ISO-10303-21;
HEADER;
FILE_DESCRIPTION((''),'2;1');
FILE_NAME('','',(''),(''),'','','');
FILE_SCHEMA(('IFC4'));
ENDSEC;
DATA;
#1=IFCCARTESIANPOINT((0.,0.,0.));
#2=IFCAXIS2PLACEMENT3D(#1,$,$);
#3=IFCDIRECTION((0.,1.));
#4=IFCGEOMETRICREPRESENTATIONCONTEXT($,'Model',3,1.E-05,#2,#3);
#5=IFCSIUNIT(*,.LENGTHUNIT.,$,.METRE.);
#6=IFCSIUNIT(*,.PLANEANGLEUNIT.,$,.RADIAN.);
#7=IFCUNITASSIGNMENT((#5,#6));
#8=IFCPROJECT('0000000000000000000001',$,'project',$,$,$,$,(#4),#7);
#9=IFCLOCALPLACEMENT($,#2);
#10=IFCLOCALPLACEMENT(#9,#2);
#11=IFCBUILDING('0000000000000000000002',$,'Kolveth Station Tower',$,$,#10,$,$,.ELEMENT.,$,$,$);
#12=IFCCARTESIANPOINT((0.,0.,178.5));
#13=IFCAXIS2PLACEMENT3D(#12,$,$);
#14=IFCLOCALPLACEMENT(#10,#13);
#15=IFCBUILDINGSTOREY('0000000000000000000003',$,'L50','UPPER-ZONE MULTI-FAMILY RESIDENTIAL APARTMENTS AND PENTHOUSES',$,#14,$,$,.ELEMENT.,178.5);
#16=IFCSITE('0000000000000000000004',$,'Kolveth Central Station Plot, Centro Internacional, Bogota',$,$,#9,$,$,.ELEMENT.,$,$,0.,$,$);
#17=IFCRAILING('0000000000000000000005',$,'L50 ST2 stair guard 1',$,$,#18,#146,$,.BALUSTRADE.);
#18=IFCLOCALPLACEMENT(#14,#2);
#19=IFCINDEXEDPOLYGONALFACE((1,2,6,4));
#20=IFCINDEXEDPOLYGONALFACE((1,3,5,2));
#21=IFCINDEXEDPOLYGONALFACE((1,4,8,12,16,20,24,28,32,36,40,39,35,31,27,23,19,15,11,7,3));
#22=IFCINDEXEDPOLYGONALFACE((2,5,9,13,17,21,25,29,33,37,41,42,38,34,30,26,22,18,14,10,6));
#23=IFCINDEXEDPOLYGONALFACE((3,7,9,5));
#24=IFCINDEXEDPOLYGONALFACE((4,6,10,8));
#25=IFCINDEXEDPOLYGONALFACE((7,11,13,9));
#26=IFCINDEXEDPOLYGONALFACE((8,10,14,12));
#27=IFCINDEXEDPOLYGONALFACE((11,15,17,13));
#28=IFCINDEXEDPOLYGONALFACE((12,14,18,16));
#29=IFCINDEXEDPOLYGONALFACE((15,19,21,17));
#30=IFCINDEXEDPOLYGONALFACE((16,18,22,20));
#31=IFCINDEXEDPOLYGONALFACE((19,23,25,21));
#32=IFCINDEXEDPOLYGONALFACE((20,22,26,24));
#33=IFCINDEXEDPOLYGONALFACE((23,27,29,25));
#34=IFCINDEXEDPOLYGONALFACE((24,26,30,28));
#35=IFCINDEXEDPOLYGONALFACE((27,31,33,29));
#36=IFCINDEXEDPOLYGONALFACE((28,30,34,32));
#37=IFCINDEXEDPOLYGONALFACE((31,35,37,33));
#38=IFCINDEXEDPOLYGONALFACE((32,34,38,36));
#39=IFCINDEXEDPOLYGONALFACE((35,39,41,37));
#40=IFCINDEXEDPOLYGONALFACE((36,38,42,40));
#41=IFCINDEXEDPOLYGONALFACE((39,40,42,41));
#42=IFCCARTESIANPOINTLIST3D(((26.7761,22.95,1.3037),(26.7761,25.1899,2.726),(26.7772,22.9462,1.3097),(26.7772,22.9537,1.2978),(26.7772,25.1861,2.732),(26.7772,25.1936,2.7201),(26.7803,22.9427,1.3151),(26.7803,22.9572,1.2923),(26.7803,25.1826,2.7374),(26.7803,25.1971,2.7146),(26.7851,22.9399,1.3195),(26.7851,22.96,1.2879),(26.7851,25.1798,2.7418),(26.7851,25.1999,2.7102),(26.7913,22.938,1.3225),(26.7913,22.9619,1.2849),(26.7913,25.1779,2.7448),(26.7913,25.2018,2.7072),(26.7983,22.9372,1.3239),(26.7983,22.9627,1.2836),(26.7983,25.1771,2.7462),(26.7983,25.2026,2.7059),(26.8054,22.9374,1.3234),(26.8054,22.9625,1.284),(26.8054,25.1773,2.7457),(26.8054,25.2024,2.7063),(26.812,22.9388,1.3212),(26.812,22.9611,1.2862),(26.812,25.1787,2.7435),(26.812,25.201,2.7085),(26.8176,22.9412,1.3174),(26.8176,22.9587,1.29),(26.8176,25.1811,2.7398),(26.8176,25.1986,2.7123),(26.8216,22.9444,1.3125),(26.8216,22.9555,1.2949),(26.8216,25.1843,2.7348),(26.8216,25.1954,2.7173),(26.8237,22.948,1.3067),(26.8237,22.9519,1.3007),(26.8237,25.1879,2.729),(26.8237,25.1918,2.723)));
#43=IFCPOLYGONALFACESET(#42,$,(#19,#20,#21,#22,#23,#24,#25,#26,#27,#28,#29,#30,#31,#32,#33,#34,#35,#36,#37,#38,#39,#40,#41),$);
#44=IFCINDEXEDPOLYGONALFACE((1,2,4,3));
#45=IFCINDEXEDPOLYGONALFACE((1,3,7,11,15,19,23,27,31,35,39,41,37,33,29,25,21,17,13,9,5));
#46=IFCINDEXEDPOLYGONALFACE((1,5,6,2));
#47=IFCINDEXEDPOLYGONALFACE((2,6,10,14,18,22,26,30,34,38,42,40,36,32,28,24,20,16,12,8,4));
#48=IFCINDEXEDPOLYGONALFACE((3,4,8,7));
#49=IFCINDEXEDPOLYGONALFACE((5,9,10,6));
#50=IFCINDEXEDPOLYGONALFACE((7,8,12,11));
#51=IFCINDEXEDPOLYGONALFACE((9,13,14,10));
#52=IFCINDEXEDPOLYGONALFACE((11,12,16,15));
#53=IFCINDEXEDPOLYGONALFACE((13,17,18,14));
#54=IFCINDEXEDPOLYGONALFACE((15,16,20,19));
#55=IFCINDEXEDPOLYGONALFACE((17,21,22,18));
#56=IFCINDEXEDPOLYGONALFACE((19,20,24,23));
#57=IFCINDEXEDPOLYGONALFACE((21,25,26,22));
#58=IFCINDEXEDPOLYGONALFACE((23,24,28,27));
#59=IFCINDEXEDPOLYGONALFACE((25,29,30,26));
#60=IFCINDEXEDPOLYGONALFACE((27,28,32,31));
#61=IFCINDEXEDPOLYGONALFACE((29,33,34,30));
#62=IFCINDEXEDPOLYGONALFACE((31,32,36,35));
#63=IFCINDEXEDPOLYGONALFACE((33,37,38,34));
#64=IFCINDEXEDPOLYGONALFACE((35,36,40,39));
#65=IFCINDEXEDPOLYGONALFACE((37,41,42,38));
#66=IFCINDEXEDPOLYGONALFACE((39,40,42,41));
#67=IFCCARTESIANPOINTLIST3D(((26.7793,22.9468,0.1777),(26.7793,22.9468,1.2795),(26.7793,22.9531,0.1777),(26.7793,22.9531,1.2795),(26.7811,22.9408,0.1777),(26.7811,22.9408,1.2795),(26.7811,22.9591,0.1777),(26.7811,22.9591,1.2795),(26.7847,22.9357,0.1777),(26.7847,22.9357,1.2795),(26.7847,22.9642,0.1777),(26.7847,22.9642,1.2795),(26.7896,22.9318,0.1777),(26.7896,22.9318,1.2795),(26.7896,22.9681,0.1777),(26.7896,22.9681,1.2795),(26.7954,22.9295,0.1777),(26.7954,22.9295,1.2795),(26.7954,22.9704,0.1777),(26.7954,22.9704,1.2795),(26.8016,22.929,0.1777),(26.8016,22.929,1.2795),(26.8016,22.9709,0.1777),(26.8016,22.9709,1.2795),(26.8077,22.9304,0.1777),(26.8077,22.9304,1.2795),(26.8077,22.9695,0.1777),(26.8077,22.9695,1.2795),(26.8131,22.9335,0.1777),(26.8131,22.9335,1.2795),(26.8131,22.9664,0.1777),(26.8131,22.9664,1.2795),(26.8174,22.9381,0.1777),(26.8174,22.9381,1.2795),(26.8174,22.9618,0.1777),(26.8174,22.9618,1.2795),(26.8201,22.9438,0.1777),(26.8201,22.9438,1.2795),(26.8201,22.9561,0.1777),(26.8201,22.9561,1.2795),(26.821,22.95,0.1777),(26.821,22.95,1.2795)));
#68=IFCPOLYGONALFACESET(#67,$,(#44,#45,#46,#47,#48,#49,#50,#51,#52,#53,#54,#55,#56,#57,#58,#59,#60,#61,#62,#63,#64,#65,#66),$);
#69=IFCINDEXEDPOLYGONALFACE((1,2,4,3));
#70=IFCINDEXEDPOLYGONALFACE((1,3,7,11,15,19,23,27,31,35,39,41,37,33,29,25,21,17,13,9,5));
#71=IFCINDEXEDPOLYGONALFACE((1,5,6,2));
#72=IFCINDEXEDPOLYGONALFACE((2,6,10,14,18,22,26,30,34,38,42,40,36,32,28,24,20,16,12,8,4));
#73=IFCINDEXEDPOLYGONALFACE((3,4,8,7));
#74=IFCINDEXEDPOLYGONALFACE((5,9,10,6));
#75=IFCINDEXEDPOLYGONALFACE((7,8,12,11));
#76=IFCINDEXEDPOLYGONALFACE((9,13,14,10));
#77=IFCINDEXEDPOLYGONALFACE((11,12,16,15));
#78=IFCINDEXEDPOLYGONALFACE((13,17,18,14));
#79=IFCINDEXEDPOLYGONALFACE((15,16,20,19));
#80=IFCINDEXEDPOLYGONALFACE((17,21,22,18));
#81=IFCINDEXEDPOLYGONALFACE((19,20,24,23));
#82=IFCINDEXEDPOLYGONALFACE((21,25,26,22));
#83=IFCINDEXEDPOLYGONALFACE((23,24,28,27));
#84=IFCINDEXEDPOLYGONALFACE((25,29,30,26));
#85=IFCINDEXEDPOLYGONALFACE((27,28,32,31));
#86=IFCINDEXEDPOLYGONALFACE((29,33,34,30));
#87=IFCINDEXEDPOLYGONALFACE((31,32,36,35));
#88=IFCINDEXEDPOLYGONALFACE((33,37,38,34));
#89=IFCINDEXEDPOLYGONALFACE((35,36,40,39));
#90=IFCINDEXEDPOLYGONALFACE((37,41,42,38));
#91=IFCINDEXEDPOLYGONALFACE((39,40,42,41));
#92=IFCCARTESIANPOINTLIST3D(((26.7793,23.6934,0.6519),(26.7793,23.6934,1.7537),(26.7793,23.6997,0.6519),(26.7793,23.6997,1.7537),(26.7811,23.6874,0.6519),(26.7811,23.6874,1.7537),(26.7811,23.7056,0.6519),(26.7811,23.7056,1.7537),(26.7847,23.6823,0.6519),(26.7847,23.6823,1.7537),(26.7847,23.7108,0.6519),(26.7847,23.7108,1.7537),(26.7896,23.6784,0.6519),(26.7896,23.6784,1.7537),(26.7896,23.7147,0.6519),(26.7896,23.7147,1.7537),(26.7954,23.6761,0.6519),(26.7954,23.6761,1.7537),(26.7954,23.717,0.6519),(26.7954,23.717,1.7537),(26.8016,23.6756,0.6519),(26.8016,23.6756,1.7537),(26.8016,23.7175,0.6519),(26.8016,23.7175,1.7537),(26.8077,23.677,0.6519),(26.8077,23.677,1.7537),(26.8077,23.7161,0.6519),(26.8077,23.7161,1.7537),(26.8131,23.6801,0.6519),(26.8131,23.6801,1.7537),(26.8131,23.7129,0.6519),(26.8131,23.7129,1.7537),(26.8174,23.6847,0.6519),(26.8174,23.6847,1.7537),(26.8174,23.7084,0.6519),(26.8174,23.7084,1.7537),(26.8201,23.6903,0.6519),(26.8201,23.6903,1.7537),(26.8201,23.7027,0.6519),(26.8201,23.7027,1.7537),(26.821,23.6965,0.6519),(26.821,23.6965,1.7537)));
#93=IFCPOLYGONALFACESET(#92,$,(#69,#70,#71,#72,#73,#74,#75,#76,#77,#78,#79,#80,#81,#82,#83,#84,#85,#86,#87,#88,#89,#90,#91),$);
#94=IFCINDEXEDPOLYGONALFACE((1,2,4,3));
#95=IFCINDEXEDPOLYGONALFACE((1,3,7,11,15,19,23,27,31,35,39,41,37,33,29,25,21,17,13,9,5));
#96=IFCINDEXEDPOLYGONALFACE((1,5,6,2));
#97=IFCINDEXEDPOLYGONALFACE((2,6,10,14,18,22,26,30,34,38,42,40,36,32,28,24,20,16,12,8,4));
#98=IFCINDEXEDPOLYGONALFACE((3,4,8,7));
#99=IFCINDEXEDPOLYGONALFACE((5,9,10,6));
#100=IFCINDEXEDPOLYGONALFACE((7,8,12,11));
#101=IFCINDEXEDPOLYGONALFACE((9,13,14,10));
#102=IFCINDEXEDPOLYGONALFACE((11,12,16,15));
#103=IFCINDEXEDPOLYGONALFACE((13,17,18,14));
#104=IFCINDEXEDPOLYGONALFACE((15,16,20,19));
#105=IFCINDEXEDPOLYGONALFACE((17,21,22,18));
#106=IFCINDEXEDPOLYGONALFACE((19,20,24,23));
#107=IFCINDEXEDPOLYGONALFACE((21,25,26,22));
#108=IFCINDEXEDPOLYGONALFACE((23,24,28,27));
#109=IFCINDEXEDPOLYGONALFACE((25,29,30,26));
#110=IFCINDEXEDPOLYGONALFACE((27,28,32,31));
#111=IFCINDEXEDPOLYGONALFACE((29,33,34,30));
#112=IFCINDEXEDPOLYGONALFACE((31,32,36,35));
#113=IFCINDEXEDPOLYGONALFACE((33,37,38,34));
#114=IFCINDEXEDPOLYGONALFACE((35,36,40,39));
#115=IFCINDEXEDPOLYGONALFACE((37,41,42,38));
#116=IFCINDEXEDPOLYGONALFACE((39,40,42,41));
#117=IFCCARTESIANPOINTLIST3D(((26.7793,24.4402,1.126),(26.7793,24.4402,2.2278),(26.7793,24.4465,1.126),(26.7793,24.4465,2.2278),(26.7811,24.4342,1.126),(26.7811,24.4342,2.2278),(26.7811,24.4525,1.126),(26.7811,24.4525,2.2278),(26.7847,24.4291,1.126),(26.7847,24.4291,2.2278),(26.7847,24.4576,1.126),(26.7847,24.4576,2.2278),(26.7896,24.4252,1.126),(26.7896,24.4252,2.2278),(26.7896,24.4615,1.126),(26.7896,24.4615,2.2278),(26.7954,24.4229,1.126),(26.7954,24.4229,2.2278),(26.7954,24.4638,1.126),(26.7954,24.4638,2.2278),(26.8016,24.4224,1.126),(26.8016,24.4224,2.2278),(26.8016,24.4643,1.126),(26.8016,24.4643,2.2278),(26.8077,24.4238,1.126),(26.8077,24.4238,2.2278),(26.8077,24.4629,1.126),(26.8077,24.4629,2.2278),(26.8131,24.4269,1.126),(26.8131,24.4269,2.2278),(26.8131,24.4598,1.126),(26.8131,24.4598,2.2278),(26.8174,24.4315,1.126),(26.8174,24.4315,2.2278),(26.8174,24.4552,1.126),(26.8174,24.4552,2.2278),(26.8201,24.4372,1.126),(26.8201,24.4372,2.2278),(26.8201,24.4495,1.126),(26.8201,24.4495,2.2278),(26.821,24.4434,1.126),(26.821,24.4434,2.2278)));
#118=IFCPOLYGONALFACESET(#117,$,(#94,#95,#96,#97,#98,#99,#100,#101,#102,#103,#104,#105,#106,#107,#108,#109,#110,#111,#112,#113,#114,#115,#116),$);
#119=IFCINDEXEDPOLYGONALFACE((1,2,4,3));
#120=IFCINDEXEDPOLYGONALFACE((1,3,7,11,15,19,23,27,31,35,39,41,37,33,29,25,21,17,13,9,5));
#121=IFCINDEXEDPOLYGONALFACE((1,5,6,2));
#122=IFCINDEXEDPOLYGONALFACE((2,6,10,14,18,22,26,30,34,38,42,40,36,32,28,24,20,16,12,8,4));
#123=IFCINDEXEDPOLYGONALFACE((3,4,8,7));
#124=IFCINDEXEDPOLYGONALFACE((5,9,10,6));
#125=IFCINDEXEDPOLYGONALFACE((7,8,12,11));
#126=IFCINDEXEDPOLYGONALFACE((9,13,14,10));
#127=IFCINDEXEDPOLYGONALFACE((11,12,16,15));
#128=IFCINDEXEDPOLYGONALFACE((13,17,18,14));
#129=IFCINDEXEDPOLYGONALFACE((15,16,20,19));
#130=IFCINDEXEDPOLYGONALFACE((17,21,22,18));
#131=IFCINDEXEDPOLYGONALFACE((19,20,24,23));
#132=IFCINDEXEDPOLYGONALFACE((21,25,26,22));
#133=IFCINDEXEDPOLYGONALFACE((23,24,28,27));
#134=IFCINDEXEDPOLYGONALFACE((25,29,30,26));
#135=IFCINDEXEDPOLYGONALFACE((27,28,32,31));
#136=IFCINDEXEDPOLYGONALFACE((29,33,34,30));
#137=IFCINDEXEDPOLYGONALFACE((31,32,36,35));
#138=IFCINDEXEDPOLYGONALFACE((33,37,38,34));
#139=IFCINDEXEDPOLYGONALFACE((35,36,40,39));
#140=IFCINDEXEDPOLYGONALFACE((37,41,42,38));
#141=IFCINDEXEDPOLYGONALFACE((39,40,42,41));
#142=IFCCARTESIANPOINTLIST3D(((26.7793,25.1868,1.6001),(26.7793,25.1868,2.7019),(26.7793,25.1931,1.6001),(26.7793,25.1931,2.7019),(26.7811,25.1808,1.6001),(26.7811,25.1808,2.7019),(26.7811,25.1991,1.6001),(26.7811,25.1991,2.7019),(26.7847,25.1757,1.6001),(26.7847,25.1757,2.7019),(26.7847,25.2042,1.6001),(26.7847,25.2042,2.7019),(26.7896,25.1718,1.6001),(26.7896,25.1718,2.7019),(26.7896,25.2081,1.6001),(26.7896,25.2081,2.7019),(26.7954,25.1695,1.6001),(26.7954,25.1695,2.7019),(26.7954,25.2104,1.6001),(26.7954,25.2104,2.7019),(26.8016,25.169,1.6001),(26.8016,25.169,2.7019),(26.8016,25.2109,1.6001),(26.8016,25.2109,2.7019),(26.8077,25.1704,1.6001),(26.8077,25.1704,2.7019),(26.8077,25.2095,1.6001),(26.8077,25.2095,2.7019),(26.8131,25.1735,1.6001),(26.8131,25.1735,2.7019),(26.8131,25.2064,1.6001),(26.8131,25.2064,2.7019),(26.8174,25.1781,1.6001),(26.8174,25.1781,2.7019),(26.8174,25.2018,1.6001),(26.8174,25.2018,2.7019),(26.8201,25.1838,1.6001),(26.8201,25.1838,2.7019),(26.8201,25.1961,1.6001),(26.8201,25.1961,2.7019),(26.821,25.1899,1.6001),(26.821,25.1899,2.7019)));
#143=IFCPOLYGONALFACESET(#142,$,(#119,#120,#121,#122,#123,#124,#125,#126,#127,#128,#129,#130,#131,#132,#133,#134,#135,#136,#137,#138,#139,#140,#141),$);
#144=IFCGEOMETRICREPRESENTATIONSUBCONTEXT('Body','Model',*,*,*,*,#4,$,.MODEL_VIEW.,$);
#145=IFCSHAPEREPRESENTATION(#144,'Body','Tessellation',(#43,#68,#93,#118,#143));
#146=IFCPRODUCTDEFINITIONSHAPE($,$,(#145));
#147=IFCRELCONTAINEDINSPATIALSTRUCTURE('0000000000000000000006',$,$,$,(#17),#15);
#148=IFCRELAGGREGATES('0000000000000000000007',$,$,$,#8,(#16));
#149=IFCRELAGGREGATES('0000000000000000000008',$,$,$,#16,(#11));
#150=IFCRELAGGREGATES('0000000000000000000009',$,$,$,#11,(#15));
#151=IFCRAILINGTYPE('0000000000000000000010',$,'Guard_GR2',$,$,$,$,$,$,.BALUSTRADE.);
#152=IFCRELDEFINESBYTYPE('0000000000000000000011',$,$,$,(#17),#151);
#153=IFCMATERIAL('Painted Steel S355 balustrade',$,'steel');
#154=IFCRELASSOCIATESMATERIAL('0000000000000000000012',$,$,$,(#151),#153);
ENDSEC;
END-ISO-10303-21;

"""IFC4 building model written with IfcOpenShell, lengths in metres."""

from ifc_helpers import new_model, si_unit, direction, frame, origin, origin_2d, place, context, subcontext, project, spatial, circle, extrude, material, type_object, element, save


model = new_model("IFC4")

# Units and contexts
model_context = context("Model", 3, precision=1e-05, world=origin(), true_north=direction((0.0, 1.0)))
body_context = subcontext(model_context, "Body", "Model", "MODEL_VIEW")
ifc_project = project(units=[si_unit("LENGTHUNIT", "METRE"), si_unit("PLANEANGLEUNIT", "RADIAN")], contexts=[model_context])

# Site, building, storey
site_placement = place(None, origin())
site = spatial("IfcSite", under=ifc_project, at=site_placement, Name="Kolveth Central Station Plot, Centro Internacional, Bogota", CompositionType="ELEMENT", RefElevation=0.0)
building_placement = place(site_placement, origin())
building = spatial("IfcBuilding", under=site, at=building_placement, Name="Kolveth Station Tower", CompositionType="ELEMENT")
storey_placement = place(building_placement, frame((0.0, 0.0, 178.5)))
storey = spatial("IfcBuildingStorey", under=building, at=storey_placement, Name="L50", Description="UPPER-ZONE MULTI-FAMILY RESIDENTIAL APARTMENTS AND PENTHOUSES", CompositionType="ELEMENT", Elevation=178.5)

# Railing
ifc_material_1 = material(Name="Painted Steel S355 balustrade", Category="steel")
railing_type_1 = type_object("IfcRailingType", Name="Guard_GR2", PredefinedType="BALUSTRADE", material=ifc_material_1)
for number, where, name in (
    (1, (26.8, 22.95, 0.1777), "L50 ST2 stair guard 1"),
):
    element("IfcRailing", number, at=place(storey_placement, frame(where)), inside=storey, type_object=railing_type_1, Name=name, PredefinedType="BALUSTRADE", context=body_context, shape_type="SweptSolid", body=[
        extrude(circle(Radius=0.0239, at=origin_2d()), frame((0.0, 0.0, 1.126), z_axis=(0.0, 0.844188, 0.536048), x_axis=(-1.0, 0.0, 0.0)), (0.0, 0.0, 1.0), 2.6533),
        extrude(circle(Radius=0.021, at=origin_2d()), origin(), (0.0, 0.0, 1.0), 1.1018),
        extrude(circle(Radius=0.021, at=origin_2d()), frame((0.0, 0.7466, 0.4741)), (0.0, 0.0, 1.0), 1.1018),
        extrude(circle(Radius=0.021, at=origin_2d()), frame((0.0, 1.4934, 0.9482)), (0.0, 0.0, 1.0), 1.1018),
        extrude(circle(Radius=0.021, at=origin_2d()), frame((0.0, 2.24, 1.4224)), (0.0, 0.0, 1.0), 1.1018),
    ])

save(model, "model.ifc")
